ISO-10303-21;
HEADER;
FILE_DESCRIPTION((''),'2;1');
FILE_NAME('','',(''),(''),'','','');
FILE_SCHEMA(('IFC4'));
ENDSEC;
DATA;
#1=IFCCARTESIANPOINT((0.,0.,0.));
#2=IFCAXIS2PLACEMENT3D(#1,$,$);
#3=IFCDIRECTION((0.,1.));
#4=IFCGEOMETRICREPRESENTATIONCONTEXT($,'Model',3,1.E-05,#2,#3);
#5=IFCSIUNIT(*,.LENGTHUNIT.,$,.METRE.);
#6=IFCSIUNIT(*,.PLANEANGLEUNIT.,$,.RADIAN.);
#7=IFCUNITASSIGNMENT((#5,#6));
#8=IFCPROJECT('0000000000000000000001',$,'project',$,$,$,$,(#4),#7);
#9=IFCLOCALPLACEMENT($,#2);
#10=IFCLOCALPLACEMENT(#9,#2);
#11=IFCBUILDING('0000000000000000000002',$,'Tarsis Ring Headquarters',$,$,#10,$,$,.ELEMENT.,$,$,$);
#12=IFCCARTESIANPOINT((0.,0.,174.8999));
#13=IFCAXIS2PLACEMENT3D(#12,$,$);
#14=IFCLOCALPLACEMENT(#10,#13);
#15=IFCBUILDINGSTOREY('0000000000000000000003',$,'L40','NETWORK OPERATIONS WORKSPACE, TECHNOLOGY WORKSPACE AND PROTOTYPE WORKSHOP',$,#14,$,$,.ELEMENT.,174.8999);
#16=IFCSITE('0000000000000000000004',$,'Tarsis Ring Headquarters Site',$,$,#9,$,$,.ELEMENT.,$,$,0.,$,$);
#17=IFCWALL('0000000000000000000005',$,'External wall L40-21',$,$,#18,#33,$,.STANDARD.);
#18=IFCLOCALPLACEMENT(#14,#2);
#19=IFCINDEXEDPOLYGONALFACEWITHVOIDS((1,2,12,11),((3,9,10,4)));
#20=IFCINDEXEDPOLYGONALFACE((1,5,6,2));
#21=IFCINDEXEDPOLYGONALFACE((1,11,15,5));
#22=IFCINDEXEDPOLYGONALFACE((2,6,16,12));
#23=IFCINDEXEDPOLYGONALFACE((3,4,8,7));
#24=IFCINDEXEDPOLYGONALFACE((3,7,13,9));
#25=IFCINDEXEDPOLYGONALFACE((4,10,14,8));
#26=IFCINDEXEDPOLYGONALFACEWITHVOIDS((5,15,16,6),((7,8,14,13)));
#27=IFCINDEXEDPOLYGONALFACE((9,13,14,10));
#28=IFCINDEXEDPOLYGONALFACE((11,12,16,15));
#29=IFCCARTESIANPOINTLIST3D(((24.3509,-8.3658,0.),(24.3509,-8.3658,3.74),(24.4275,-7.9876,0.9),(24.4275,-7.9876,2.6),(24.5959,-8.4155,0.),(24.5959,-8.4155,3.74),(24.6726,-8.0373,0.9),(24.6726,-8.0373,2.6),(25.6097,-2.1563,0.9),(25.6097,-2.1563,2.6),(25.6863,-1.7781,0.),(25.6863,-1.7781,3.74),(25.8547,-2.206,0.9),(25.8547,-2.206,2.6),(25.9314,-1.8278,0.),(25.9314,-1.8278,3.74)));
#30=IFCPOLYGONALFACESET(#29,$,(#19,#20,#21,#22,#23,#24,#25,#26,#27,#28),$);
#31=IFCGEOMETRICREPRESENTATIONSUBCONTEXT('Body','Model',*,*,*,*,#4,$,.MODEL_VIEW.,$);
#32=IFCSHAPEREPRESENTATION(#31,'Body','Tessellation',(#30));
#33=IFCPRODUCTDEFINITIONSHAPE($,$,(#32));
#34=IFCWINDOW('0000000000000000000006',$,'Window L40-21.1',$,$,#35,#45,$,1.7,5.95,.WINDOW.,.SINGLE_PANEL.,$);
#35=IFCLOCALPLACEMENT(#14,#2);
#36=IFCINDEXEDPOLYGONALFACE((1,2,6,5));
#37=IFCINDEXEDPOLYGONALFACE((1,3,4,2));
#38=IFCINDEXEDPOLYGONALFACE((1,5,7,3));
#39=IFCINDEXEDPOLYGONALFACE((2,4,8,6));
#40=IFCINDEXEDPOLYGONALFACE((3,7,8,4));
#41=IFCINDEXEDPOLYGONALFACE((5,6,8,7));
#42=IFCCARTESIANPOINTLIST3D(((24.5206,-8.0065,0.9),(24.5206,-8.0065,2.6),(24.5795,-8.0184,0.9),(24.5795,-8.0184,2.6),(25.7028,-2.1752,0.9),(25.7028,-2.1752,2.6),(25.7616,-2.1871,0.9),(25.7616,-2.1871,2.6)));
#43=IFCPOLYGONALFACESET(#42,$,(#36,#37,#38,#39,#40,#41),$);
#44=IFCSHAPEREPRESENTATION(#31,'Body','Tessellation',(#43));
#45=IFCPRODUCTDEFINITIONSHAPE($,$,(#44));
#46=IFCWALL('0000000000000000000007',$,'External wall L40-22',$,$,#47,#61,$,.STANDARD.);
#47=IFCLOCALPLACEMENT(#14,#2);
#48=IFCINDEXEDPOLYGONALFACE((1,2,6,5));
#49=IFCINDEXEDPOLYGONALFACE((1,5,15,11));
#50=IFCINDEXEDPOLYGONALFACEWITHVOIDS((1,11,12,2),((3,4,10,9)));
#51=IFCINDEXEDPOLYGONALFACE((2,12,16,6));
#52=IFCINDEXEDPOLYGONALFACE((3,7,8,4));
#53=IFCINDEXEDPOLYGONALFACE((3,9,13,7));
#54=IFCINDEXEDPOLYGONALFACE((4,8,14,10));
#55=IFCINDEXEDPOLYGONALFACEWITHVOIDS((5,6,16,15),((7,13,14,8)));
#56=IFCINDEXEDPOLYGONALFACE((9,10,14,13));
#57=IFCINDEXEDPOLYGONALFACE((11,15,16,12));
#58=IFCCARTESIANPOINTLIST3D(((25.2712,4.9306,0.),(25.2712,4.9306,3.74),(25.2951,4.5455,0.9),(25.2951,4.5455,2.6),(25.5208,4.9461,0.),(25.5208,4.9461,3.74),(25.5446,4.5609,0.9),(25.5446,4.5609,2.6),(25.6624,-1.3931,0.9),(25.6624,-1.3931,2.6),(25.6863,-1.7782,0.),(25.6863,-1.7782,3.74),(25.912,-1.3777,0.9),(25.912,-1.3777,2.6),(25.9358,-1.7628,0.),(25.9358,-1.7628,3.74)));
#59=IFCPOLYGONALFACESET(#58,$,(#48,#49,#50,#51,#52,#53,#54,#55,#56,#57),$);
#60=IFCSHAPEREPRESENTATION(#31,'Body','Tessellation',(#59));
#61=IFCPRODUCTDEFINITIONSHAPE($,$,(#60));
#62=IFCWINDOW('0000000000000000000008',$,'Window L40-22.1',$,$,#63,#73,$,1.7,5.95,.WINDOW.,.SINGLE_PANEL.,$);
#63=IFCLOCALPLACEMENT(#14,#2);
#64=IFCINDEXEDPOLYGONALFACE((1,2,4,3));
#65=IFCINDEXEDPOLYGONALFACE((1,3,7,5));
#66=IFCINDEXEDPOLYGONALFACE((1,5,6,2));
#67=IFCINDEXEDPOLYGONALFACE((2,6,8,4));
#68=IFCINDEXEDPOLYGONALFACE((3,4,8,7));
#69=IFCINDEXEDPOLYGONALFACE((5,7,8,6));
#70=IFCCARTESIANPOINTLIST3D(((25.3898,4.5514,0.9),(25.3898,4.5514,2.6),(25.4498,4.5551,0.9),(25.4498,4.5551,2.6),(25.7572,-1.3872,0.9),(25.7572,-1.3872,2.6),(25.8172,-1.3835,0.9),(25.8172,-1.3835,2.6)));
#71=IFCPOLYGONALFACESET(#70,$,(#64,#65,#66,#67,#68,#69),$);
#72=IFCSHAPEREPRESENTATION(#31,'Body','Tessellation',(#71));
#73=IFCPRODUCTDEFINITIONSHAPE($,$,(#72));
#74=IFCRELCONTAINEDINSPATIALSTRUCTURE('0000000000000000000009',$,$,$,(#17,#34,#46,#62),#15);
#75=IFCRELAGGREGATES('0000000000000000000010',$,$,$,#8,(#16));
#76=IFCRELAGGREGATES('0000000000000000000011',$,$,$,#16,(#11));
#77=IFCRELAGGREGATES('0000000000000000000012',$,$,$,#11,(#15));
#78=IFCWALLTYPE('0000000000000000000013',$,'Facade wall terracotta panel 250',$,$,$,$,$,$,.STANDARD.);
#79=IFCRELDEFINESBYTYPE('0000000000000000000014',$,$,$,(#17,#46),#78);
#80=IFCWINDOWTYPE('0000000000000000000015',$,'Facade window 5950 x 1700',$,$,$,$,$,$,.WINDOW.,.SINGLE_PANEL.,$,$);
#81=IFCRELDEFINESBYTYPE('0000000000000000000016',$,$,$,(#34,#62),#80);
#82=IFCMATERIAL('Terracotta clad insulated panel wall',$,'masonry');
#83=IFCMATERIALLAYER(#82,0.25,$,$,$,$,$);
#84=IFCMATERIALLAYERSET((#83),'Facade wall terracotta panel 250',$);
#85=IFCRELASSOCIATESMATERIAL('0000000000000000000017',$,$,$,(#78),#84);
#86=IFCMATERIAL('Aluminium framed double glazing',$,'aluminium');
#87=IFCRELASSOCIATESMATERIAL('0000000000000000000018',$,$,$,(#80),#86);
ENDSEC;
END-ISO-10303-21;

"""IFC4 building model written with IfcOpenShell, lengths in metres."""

from ifc_helpers import new_model, si_unit, direction, frame, frame_2d, origin, place, context, subcontext, project, spatial, rectangle, extrude, material, layer, layer_set, type_object, element, fill, save


model = new_model("IFC4")

# Units and contexts
model_context = context("Model", 3, precision=1e-05, world=origin(), true_north=direction((0.0, 1.0)))
body_context = subcontext(model_context, "Body", "Model", "MODEL_VIEW")
ifc_project = project(units=[si_unit("LENGTHUNIT", "METRE"), si_unit("PLANEANGLEUNIT", "RADIAN")], contexts=[model_context])

# Site, building, storey
site_placement = place(None, origin())
site = spatial("IfcSite", under=ifc_project, at=site_placement, Name="Tarsis Ring Headquarters Site", CompositionType="ELEMENT", RefElevation=0.0)
building_placement = place(site_placement, origin())
building = spatial("IfcBuilding", under=site, at=building_placement, Name="Tarsis Ring Headquarters", CompositionType="ELEMENT")
storey_placement = place(building_placement, frame((0.0, 0.0, 174.8999)))
storey = spatial("IfcBuildingStorey", under=building, at=storey_placement, Name="L40", Description="NETWORK OPERATIONS WORKSPACE, TECHNOLOGY WORKSPACE AND PROTOTYPE WORKSHOP", CompositionType="ELEMENT", Elevation=174.8999)

# Walls, openings, windows
ifc_material_1 = material(Name="Terracotta clad insulated panel wall", Category="masonry")
ifc_layer_1 = layer(ifc_material_1, 0.25)
ifc_layer_set_1 = layer_set([ifc_layer_1], Name="Facade wall terracotta panel 250")
wall_type_1 = type_object("IfcWallType", Name="Facade wall terracotta panel 250", PredefinedType="STANDARD", material=ifc_layer_set_1)
ifc_material_2 = material(Name="Aluminium framed double glazing", Category="aluminium")
window_type = type_object("IfcWindowType", Name="Facade window 5950 x 1700", PartitioningType="SINGLE_PANEL", PredefinedType="WINDOW", material=ifc_material_2)
wall_1_placement = place(storey_placement, frame((24.4734, -8.3906, 0.0), z_axis=(0.0, 0.0, 1.0), x_axis=(0.198679, 0.980065, 0.0)))
wall_1 = element("IfcWall", 1, at=wall_1_placement, inside=storey, type_object=wall_type_1, Name="External wall L40-21", PredefinedType="STANDARD", context=body_context, shape_type="SweptSolid", body=[
    extrude(rectangle(XDim=6.7217, YDim=0.25, at=frame_2d((3.3608, 0.0))), origin(), (0.0, 0.0, 1.0), 3.74),
])
opening_1_placement = place(wall_1_placement, frame((0.3857, 0.0, 0.8999)))
opening_1 = element("IfcOpeningElement", 2, at=opening_1_placement, cuts=wall_1, PredefinedType="OPENING", context=body_context, shape_type="SweptSolid", body=[
    extrude(rectangle(XDim=5.95, YDim=1.7, at=frame_2d((2.9751, 0.8501))), frame((0.0, 0.135, 0.0), z_axis=(0.0, -1.0, 0.0), x_axis=(1.0, 0.0, 0.0)), (0.0, 0.0, 1.0), 0.27),
])
window_1_placement = place(opening_1_placement, origin())
window_1 = element("IfcWindow", 3, at=window_1_placement, inside=storey, type_object=window_type, Name="Window L40-21.1", OverallHeight=1.7, OverallWidth=5.95, PartitioningType="SINGLE_PANEL", PredefinedType="WINDOW", context=body_context, shape_type="SweptSolid", body=[
    extrude(rectangle(XDim=5.95, YDim=1.7, at=frame_2d((2.9751, 0.8501))), frame((0.0, 0.03, 0.0), z_axis=(0.0, -1.0, 0.0), x_axis=(1.0, 0.0, 0.0)), (0.0, 0.0, 1.0), 0.0601),
])
fill(opening_1, window_1)
wall_2_placement = place(storey_placement, frame((25.811, -1.7705, 0.0), z_axis=(0.0, 0.0, 1.0), x_axis=(-0.061747, 0.998092, 0.0)))
wall_2 = element("IfcWall", 4, at=wall_2_placement, inside=storey, type_object=wall_type_1, Name="External wall L40-22", PredefinedType="STANDARD", context=body_context, shape_type="SweptSolid", body=[
    extrude(rectangle(XDim=6.7217, YDim=0.25, at=frame_2d((3.3608, 0.0))), origin(), (0.0, 0.0, 1.0), 3.74),
])
opening_2_placement = place(wall_2_placement, frame((0.3857, 0.0, 0.8999)))
opening_2 = element("IfcOpeningElement", 5, at=opening_2_placement, cuts=wall_2, PredefinedType="OPENING", context=body_context, shape_type="SweptSolid", body=[
    extrude(rectangle(XDim=5.95, YDim=1.7, at=frame_2d((2.9751, 0.8501))), frame((0.0, 0.135, 0.0), z_axis=(0.0, -1.0, 0.0), x_axis=(1.0, 0.0, 0.0)), (0.0, 0.0, 1.0), 0.27),
])
window_2_placement = place(opening_2_placement, origin())
window_2 = element("IfcWindow", 6, at=window_2_placement, inside=storey, type_object=window_type, Name="Window L40-22.1", OverallHeight=1.7, OverallWidth=5.95, PartitioningType="SINGLE_PANEL", PredefinedType="WINDOW", context=body_context, shape_type="SweptSolid", body=[
    extrude(rectangle(XDim=5.95, YDim=1.7, at=frame_2d((2.9751, 0.8501))), frame((0.0, 0.03, 0.0), z_axis=(0.0, -1.0, 0.0), x_axis=(1.0, 0.0, 0.0)), (0.0, 0.0, 1.0), 0.0601),
])
fill(opening_2, window_2)

save(model, "model.ifc")
